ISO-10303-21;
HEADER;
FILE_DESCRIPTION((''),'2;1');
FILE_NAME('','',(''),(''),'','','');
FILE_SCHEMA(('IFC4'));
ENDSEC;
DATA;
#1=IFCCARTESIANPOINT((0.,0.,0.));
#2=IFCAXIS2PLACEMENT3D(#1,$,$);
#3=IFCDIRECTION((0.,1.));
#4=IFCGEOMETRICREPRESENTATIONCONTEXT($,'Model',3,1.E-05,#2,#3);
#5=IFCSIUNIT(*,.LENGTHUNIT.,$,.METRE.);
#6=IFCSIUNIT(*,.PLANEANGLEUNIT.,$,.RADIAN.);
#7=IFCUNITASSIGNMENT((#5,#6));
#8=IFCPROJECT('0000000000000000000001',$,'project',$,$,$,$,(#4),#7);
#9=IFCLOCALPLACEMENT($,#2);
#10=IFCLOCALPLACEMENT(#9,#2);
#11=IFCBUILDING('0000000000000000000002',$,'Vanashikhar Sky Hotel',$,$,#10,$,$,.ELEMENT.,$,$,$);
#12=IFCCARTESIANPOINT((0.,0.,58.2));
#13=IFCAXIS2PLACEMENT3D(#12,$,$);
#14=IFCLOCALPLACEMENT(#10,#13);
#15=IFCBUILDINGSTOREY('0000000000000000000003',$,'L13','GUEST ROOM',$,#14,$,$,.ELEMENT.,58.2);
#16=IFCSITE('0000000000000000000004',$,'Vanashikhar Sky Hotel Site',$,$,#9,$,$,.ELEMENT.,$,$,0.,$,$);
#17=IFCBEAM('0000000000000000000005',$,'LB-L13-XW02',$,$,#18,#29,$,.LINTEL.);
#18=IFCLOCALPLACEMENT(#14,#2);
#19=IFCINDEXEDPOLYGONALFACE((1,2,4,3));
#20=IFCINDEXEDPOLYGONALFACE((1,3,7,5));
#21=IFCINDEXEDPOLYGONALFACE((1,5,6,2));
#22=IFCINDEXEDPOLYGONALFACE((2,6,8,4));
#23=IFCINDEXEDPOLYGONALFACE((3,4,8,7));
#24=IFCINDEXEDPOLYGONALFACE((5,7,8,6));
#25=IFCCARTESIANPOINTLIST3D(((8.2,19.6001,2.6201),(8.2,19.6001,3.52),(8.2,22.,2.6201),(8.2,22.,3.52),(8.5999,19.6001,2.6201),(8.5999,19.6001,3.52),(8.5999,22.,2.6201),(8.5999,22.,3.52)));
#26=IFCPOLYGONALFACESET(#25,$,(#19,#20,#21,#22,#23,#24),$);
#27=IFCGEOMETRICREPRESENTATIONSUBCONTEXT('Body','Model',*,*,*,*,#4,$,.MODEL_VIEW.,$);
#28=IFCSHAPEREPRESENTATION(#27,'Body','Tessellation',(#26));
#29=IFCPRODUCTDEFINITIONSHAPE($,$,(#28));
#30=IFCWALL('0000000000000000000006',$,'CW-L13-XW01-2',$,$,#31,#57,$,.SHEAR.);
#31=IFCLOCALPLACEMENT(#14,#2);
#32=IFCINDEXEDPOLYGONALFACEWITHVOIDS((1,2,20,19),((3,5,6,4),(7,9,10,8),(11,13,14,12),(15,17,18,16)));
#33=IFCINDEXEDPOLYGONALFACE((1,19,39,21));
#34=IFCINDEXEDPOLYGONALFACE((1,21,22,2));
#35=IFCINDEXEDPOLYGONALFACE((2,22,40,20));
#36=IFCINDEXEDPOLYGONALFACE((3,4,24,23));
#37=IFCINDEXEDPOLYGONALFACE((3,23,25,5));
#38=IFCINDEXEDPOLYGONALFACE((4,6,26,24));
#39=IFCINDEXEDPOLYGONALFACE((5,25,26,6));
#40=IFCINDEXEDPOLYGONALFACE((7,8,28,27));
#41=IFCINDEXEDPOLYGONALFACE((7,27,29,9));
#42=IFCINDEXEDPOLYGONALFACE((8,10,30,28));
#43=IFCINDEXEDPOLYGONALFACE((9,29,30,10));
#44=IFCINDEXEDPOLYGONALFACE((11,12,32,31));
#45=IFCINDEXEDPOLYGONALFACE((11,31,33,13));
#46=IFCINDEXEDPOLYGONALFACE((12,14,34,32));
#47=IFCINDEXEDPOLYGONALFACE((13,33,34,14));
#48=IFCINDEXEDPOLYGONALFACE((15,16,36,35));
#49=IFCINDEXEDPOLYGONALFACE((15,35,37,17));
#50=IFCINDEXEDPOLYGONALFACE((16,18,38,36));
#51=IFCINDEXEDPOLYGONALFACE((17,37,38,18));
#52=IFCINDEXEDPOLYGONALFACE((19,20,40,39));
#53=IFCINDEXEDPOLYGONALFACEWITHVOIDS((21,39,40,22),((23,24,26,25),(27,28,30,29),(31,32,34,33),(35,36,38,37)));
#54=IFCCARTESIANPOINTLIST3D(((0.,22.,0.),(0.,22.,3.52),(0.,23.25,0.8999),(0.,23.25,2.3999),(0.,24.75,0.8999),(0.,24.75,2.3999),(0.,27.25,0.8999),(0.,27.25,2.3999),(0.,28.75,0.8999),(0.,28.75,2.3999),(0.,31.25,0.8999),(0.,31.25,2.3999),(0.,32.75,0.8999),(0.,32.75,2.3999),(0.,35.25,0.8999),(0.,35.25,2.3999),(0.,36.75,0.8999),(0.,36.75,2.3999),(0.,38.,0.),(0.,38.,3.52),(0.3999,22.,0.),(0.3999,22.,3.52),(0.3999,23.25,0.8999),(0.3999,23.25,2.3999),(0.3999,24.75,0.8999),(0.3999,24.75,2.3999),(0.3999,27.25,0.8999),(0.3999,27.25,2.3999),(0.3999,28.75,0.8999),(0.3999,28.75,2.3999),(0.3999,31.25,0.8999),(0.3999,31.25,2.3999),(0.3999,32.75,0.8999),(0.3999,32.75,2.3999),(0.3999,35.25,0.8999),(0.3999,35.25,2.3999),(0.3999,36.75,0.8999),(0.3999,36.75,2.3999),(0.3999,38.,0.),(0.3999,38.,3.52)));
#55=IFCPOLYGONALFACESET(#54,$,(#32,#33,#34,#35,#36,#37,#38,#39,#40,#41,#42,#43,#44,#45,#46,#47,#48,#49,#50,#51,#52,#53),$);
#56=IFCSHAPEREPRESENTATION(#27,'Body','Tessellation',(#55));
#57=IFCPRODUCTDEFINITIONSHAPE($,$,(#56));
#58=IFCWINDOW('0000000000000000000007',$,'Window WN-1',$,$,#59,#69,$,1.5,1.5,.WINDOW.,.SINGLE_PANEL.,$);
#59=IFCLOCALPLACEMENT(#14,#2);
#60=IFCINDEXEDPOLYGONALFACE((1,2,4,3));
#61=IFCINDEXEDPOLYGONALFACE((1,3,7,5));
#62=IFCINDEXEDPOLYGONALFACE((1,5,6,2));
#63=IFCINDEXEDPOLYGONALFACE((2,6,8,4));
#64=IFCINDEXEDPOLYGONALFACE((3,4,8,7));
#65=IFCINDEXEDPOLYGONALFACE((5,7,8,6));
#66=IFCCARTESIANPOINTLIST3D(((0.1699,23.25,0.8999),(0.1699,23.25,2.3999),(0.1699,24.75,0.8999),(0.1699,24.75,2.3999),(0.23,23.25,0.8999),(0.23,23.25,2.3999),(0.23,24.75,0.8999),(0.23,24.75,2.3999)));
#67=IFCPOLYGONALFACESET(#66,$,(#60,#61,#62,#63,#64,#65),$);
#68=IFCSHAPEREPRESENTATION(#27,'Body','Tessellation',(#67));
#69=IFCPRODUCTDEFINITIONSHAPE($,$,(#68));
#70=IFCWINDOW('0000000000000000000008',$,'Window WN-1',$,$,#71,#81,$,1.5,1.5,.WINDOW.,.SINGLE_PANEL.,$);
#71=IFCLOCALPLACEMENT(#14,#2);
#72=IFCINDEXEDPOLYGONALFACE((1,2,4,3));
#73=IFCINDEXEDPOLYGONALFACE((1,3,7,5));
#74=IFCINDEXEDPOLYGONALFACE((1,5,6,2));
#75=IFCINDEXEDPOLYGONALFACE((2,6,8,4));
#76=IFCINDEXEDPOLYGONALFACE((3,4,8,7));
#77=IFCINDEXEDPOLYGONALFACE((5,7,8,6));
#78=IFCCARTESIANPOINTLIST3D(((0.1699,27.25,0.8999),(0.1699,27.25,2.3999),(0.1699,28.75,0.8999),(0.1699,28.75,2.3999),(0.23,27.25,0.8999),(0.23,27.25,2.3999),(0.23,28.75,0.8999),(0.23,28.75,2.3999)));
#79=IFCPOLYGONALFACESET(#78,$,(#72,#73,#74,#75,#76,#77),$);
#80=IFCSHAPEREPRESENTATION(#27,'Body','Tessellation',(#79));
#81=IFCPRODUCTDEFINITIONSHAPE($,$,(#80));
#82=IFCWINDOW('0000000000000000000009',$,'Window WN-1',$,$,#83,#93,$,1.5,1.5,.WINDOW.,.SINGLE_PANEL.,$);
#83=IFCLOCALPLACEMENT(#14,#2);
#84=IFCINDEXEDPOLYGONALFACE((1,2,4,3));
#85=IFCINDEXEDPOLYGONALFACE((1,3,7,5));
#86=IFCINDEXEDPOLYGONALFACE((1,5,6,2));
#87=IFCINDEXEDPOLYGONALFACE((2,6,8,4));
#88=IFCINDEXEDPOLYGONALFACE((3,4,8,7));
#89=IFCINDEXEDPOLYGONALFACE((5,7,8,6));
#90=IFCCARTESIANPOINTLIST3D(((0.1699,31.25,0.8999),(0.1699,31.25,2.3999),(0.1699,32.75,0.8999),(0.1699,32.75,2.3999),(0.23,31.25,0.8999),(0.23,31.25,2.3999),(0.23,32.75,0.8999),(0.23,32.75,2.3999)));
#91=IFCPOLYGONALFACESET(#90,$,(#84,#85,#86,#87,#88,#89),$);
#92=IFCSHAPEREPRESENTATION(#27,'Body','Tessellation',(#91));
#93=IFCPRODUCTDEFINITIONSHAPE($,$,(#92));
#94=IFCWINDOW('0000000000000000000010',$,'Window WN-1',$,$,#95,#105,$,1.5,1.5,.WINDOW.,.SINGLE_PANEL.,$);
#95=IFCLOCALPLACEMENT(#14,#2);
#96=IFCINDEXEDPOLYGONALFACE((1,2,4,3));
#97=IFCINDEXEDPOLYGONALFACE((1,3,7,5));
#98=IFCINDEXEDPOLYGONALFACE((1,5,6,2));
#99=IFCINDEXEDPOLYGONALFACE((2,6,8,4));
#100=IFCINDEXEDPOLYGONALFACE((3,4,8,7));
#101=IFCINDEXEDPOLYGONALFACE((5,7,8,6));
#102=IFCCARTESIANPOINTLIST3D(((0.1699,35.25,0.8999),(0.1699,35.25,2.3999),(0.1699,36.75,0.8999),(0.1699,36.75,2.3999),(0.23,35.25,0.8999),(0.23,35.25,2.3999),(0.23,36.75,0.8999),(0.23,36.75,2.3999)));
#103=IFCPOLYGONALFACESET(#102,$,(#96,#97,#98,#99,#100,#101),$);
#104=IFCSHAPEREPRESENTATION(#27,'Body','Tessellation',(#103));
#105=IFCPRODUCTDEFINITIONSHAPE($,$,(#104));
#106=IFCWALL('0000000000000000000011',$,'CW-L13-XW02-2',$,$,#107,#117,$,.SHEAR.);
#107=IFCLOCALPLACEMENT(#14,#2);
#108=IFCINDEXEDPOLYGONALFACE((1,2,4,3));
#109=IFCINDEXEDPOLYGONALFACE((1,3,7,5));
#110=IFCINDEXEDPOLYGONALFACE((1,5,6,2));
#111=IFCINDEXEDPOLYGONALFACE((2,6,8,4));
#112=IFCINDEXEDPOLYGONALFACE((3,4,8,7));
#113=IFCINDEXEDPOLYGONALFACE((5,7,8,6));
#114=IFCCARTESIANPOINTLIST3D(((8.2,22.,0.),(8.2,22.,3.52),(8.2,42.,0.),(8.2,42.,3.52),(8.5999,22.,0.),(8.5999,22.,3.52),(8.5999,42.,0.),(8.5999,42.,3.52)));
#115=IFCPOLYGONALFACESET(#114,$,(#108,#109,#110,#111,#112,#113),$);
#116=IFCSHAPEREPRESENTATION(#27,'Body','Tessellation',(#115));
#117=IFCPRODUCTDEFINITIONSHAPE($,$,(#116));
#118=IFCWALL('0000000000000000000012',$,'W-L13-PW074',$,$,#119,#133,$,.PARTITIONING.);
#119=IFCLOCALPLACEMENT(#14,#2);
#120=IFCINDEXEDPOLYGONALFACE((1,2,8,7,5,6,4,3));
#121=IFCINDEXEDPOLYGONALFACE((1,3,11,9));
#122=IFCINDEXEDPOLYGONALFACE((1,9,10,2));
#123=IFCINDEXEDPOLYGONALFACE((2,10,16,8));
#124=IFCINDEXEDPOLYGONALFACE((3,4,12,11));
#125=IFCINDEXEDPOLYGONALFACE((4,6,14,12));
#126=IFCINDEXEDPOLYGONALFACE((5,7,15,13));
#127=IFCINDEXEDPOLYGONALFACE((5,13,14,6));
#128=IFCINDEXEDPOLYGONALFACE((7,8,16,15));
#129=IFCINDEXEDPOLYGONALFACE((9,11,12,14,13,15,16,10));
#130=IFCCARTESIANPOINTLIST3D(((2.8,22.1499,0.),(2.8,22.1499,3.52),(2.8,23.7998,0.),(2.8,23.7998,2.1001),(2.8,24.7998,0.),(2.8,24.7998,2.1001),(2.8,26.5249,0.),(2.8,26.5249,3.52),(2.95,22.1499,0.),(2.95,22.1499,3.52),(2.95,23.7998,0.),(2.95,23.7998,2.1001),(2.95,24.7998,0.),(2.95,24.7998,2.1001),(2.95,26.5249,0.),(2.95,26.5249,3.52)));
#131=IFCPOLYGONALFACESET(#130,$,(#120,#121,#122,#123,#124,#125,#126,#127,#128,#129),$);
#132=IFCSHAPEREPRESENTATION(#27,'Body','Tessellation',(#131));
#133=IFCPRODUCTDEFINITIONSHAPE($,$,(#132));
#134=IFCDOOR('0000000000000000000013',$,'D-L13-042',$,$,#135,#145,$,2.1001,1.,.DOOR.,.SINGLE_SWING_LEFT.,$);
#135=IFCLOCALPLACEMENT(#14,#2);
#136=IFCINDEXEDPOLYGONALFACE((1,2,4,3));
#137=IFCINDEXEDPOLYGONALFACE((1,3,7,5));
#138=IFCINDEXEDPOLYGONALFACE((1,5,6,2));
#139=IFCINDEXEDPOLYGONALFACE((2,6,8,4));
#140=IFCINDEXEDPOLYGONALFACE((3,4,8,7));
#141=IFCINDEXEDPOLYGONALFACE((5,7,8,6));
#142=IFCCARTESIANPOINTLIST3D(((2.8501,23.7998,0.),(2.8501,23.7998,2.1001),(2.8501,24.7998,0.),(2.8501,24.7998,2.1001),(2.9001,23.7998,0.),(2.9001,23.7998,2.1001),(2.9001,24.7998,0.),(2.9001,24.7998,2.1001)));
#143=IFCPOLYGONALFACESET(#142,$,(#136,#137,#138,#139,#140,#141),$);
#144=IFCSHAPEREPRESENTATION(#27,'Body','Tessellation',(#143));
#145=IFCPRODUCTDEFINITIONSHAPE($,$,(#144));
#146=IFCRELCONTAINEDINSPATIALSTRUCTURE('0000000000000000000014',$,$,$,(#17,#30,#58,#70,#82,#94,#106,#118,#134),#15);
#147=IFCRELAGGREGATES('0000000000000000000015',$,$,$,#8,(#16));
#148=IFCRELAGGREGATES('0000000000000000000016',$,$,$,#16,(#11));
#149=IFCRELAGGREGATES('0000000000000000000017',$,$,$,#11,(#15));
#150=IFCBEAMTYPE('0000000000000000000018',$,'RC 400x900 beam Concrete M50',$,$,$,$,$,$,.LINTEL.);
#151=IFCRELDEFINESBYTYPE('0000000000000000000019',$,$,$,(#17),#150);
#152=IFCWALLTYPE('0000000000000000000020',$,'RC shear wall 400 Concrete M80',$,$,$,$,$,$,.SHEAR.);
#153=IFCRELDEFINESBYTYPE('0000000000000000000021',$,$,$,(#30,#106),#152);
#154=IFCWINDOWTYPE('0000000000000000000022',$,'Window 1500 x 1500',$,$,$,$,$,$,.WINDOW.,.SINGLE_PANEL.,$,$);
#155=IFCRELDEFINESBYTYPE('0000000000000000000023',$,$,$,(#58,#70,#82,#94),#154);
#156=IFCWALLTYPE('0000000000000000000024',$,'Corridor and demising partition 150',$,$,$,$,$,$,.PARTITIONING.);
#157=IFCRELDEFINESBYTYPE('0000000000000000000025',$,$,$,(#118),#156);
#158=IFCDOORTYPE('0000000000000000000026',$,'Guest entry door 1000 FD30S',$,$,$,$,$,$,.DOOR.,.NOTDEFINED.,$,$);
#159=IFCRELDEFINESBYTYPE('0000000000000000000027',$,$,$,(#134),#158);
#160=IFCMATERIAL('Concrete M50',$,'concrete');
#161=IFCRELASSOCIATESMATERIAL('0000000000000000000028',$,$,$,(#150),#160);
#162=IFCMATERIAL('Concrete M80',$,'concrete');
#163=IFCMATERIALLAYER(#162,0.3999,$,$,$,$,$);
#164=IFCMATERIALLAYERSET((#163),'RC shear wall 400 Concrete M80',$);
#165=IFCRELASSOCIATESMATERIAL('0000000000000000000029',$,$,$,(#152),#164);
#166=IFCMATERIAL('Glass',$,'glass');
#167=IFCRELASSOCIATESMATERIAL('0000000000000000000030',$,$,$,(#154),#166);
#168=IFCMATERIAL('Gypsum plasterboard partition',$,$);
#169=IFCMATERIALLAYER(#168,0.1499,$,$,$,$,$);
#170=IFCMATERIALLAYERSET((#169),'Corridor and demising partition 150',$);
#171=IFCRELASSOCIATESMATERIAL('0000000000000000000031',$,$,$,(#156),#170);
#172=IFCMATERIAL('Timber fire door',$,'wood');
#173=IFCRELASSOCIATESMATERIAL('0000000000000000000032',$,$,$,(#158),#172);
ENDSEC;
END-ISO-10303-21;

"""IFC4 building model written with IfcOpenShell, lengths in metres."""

from ifc_helpers import new_model, si_unit, direction, frame, frame_2d, origin, origin_2d, place, context, subcontext, project, spatial, rectangle, extrude, source, transform, mapped, material, layer, layer_set, material_profile, profile_set, type_object, element, fill, save


model = new_model("IFC4")

# Units and contexts
model_context = context("Model", 3, precision=1e-05, world=origin(), true_north=direction((0.0, 1.0)))
body_context = subcontext(model_context, "Body", "Model", "MODEL_VIEW")
ifc_project = project(units=[si_unit("LENGTHUNIT", "METRE"), si_unit("PLANEANGLEUNIT", "RADIAN")], contexts=[model_context])

# Site, building, storey
site_placement = place(None, origin())
site = spatial("IfcSite", under=ifc_project, at=site_placement, Name="Vanashikhar Sky Hotel Site", CompositionType="ELEMENT", RefElevation=0.0)
building_placement = place(site_placement, origin())
building = spatial("IfcBuilding", under=site, at=building_placement, Name="Vanashikhar Sky Hotel", CompositionType="ELEMENT")
storey_placement = place(building_placement, frame((0.0, 0.0, 58.2)))
storey = spatial("IfcBuildingStorey", under=building, at=storey_placement, Name="L13", Description="GUEST ROOM", CompositionType="ELEMENT", Elevation=58.2)

# Beam
ifc_material_1 = material(Name="Concrete M50", Category="concrete")
ifc_material_profile = material_profile(ifc_material_1, rectangle(XDim=0.3999, YDim=0.8999, at=origin_2d()))
ifc_profile_set = profile_set([ifc_material_profile], Name="RC 400x900 beam Concrete M50")
beam_type = type_object("IfcBeamType", Name="RC 400x900 beam Concrete M50", PredefinedType="LINTEL", material=ifc_profile_set)
shared_shape_1 = source(origin(), body_context, "Body", "SweptSolid", [
    extrude(rectangle(XDim=0.3999, YDim=0.8999, at=origin_2d()), origin(), (0.0, 0.0, 1.0), 2.3999),
])
beam_placement = place(storey_placement, frame((8.3999, 19.6001, 3.0701), z_axis=(0.0, 1.0, 0.0), x_axis=(-1.0, 0.0, 0.0)))
element("IfcBeam", 1, at=beam_placement, inside=storey, type_object=beam_type, Name="LB-L13-XW02", PredefinedType="LINTEL", context=body_context, shape_type="MappedRepresentation", body=[
    mapped(shared_shape_1, transform((0.0, 0.0, 0.0), scale=1.0)),
])

# Wall, openings, windows
ifc_material_2 = material(Name="Concrete M80", Category="concrete")
ifc_layer_1 = layer(ifc_material_2, 0.3999)
ifc_layer_set_1 = layer_set([ifc_layer_1], Name="RC shear wall 400 Concrete M80")
wall_type_1 = type_object("IfcWallType", Name="RC shear wall 400 Concrete M80", PredefinedType="SHEAR", material=ifc_layer_set_1)
shared_shape_2 = source(origin(), body_context, "Body", "SweptSolid", [
    extrude(rectangle(XDim=16.0, YDim=0.3999, at=frame_2d((8.0, 0.0))), origin(), (0.0, 0.0, 1.0), 3.52),
])
wall_1_placement = place(storey_placement, frame((0.2, 22.0, 0.0), z_axis=(0.0, 0.0, 1.0), x_axis=(0.0, 1.0, 0.0)))
wall_1 = element("IfcWall", 2, at=wall_1_placement, inside=storey, type_object=wall_type_1, Name="CW-L13-XW01-2", PredefinedType="SHEAR", context=body_context, shape_type="MappedRepresentation", body=[
    mapped(shared_shape_2, transform((0.0, 0.0, 0.0), scale=1.0)),
])
shared_shape_3 = source(origin(), body_context, "Body", "SweptSolid", [
    extrude(rectangle(XDim=1.5, YDim=1.5, at=frame_2d((0.75, 0.75))), frame((0.0, 0.21, 0.0), z_axis=(0.0, -1.0, 0.0), x_axis=(1.0, 0.0, 0.0)), (0.0, 0.0, 1.0), 0.4199),
])
opening_1_placement = place(wall_1_placement, frame((1.25, 0.0, 0.8999)))
opening_1 = element("IfcOpeningElement", 3, at=opening_1_placement, cuts=wall_1, PredefinedType="OPENING", context=body_context, shape_type="MappedRepresentation", body=[
    mapped(shared_shape_3, transform((0.0, 0.0, 0.0), scale=1.0)),
])
opening_2_placement = place(wall_1_placement, frame((5.25, 0.0, 0.8999)))
opening_2 = element("IfcOpeningElement", 4, at=opening_2_placement, cuts=wall_1, PredefinedType="OPENING", context=body_context, shape_type="MappedRepresentation", body=[
    mapped(shared_shape_3, transform((0.0, 0.0, 0.0), scale=1.0)),
])
opening_3_placement = place(wall_1_placement, frame((9.25, 0.0, 0.8999)))
opening_3 = element("IfcOpeningElement", 5, at=opening_3_placement, cuts=wall_1, PredefinedType="OPENING", context=body_context, shape_type="MappedRepresentation", body=[
    mapped(shared_shape_3, transform((0.0, 0.0, 0.0), scale=1.0)),
])
opening_4_placement = place(wall_1_placement, frame((13.25, 0.0, 0.8999)))
opening_4 = element("IfcOpeningElement", 6, at=opening_4_placement, cuts=wall_1, PredefinedType="OPENING", context=body_context, shape_type="MappedRepresentation", body=[
    mapped(shared_shape_3, transform((0.0, 0.0, 0.0), scale=1.0)),
])
ifc_material_3 = material(Name="Glass", Category="glass")
window_type = type_object("IfcWindowType", Name="Window 1500 x 1500", PartitioningType="SINGLE_PANEL", PredefinedType="WINDOW", material=ifc_material_3)
shared_shape_4 = source(origin(), body_context, "Body", "SweptSolid", [
    extrude(rectangle(XDim=1.5, YDim=1.5, at=frame_2d((0.75, 0.75))), frame((0.0, 0.03, 0.0), z_axis=(0.0, -1.0, 0.0), x_axis=(1.0, 0.0, 0.0)), (0.0, 0.0, 1.0), 0.0601),
])
window_1_placement = place(opening_1_placement, origin())
window_1 = element("IfcWindow", 7, at=window_1_placement, inside=storey, type_object=window_type, Name="Window WN-1", OverallHeight=1.5, OverallWidth=1.5, PartitioningType="SINGLE_PANEL", PredefinedType="WINDOW", context=body_context, shape_type="MappedRepresentation", body=[
    mapped(shared_shape_4, transform((0.0, 0.0, 0.0), scale=1.0)),
])
fill(opening_1, window_1)
window_2_placement = place(opening_2_placement, origin())
window_2 = element("IfcWindow", 8, at=window_2_placement, inside=storey, type_object=window_type, Name="Window WN-1", OverallHeight=1.5, OverallWidth=1.5, PartitioningType="SINGLE_PANEL", PredefinedType="WINDOW", context=body_context, shape_type="MappedRepresentation", body=[
    mapped(shared_shape_4, transform((0.0, 0.0, 0.0), scale=1.0)),
])
fill(opening_2, window_2)
window_3_placement = place(opening_3_placement, origin())
window_3 = element("IfcWindow", 9, at=window_3_placement, inside=storey, type_object=window_type, Name="Window WN-1", OverallHeight=1.5, OverallWidth=1.5, PartitioningType="SINGLE_PANEL", PredefinedType="WINDOW", context=body_context, shape_type="MappedRepresentation", body=[
    mapped(shared_shape_4, transform((0.0, 0.0, 0.0), scale=1.0)),
])
fill(opening_3, window_3)
window_4_placement = place(opening_4_placement, origin())
window_4 = element("IfcWindow", 10, at=window_4_placement, inside=storey, type_object=window_type, Name="Window WN-1", OverallHeight=1.5, OverallWidth=1.5, PartitioningType="SINGLE_PANEL", PredefinedType="WINDOW", context=body_context, shape_type="MappedRepresentation", body=[
    mapped(shared_shape_4, transform((0.0, 0.0, 0.0), scale=1.0)),
])
fill(opening_4, window_4)

# Wall
shared_shape_5 = source(origin(), body_context, "Body", "SweptSolid", [
    extrude(rectangle(XDim=20.0, YDim=0.3999, at=frame_2d((10.0, 0.0))), origin(), (0.0, 0.0, 1.0), 3.52),
])
wall_2_placement = place(storey_placement, frame((8.3999, 22.0, 0.0), z_axis=(0.0, 0.0, 1.0), x_axis=(0.0, 1.0, 0.0)))
element("IfcWall", 11, at=wall_2_placement, inside=storey, type_object=wall_type_1, Name="CW-L13-XW02-2", PredefinedType="SHEAR", context=body_context, shape_type="MappedRepresentation", body=[
    mapped(shared_shape_5, transform((0.0, 0.0, 0.0), scale=1.0)),
])

# Wall, opening, door
ifc_material_4 = material(Name="Gypsum plasterboard partition")
ifc_layer_2 = layer(ifc_material_4, 0.1499)
ifc_layer_set_2 = layer_set([ifc_layer_2], Name="Corridor and demising partition 150")
wall_type_2 = type_object("IfcWallType", Name="Corridor and demising partition 150", PredefinedType="PARTITIONING", material=ifc_layer_set_2)
shared_shape_6 = source(origin(), body_context, "Body", "SweptSolid", [
    extrude(rectangle(XDim=4.375, YDim=0.1499, at=frame_2d((2.1875, 0.0))), origin(), (0.0, 0.0, 1.0), 3.52),
])
wall_3_placement = place(storey_placement, frame((2.875, 22.1499, 0.0), z_axis=(0.0, 0.0, 1.0), x_axis=(0.0, 1.0, 0.0)))
wall_3 = element("IfcWall", 12, at=wall_3_placement, inside=storey, type_object=wall_type_2, Name="W-L13-PW074", PredefinedType="PARTITIONING", context=body_context, shape_type="MappedRepresentation", body=[
    mapped(shared_shape_6, transform((0.0, 0.0, 0.0), scale=1.0)),
])
shared_shape_7 = source(origin(), body_context, "Body", "SweptSolid", [
    extrude(rectangle(XDim=1.0, YDim=2.1001, at=frame_2d((0.5, 1.05))), frame((0.0, 0.085, 0.0), z_axis=(0.0, -1.0, 0.0), x_axis=(1.0, 0.0, 0.0)), (0.0, 0.0, 1.0), 0.1699),
])
opening_5_placement = place(wall_3_placement, frame((1.6499, 0.0, 0.0)))
opening_5 = element("IfcOpeningElement", 13, at=opening_5_placement, cuts=wall_3, PredefinedType="OPENING", context=body_context, shape_type="MappedRepresentation", body=[
    mapped(shared_shape_7, transform((0.0, 0.0, 0.0), scale=1.0)),
])
ifc_material_5 = material(Name="Timber fire door", Category="wood")
door_type_1 = type_object("IfcDoorType", Name="Guest entry door 1000 FD30S", OperationType="NOTDEFINED", PredefinedType="DOOR", material=ifc_material_5)
shared_shape_8 = source(origin(), body_context, "Body", "SweptSolid", [
    extrude(rectangle(XDim=1.0, YDim=2.1001, at=frame_2d((0.5, 1.05))), frame((0.0, 0.0249, 0.0), z_axis=(0.0, -1.0, 0.0), x_axis=(1.0, 0.0, 0.0)), (0.0, 0.0, 1.0), 0.05),
])
door_1_placement = place(opening_5_placement, origin())
door_1 = element("IfcDoor", 14, at=door_1_placement, inside=storey, type_object=door_type_1, Name="D-L13-042", OperationType="SINGLE_SWING_LEFT", OverallHeight=2.1001, OverallWidth=1.0, PredefinedType="DOOR", context=body_context, shape_type="MappedRepresentation", body=[
    mapped(shared_shape_8, transform((0.0, 0.0, 0.0), scale=1.0)),
])
fill(opening_5, door_1)

save(model, "model.ifc")
